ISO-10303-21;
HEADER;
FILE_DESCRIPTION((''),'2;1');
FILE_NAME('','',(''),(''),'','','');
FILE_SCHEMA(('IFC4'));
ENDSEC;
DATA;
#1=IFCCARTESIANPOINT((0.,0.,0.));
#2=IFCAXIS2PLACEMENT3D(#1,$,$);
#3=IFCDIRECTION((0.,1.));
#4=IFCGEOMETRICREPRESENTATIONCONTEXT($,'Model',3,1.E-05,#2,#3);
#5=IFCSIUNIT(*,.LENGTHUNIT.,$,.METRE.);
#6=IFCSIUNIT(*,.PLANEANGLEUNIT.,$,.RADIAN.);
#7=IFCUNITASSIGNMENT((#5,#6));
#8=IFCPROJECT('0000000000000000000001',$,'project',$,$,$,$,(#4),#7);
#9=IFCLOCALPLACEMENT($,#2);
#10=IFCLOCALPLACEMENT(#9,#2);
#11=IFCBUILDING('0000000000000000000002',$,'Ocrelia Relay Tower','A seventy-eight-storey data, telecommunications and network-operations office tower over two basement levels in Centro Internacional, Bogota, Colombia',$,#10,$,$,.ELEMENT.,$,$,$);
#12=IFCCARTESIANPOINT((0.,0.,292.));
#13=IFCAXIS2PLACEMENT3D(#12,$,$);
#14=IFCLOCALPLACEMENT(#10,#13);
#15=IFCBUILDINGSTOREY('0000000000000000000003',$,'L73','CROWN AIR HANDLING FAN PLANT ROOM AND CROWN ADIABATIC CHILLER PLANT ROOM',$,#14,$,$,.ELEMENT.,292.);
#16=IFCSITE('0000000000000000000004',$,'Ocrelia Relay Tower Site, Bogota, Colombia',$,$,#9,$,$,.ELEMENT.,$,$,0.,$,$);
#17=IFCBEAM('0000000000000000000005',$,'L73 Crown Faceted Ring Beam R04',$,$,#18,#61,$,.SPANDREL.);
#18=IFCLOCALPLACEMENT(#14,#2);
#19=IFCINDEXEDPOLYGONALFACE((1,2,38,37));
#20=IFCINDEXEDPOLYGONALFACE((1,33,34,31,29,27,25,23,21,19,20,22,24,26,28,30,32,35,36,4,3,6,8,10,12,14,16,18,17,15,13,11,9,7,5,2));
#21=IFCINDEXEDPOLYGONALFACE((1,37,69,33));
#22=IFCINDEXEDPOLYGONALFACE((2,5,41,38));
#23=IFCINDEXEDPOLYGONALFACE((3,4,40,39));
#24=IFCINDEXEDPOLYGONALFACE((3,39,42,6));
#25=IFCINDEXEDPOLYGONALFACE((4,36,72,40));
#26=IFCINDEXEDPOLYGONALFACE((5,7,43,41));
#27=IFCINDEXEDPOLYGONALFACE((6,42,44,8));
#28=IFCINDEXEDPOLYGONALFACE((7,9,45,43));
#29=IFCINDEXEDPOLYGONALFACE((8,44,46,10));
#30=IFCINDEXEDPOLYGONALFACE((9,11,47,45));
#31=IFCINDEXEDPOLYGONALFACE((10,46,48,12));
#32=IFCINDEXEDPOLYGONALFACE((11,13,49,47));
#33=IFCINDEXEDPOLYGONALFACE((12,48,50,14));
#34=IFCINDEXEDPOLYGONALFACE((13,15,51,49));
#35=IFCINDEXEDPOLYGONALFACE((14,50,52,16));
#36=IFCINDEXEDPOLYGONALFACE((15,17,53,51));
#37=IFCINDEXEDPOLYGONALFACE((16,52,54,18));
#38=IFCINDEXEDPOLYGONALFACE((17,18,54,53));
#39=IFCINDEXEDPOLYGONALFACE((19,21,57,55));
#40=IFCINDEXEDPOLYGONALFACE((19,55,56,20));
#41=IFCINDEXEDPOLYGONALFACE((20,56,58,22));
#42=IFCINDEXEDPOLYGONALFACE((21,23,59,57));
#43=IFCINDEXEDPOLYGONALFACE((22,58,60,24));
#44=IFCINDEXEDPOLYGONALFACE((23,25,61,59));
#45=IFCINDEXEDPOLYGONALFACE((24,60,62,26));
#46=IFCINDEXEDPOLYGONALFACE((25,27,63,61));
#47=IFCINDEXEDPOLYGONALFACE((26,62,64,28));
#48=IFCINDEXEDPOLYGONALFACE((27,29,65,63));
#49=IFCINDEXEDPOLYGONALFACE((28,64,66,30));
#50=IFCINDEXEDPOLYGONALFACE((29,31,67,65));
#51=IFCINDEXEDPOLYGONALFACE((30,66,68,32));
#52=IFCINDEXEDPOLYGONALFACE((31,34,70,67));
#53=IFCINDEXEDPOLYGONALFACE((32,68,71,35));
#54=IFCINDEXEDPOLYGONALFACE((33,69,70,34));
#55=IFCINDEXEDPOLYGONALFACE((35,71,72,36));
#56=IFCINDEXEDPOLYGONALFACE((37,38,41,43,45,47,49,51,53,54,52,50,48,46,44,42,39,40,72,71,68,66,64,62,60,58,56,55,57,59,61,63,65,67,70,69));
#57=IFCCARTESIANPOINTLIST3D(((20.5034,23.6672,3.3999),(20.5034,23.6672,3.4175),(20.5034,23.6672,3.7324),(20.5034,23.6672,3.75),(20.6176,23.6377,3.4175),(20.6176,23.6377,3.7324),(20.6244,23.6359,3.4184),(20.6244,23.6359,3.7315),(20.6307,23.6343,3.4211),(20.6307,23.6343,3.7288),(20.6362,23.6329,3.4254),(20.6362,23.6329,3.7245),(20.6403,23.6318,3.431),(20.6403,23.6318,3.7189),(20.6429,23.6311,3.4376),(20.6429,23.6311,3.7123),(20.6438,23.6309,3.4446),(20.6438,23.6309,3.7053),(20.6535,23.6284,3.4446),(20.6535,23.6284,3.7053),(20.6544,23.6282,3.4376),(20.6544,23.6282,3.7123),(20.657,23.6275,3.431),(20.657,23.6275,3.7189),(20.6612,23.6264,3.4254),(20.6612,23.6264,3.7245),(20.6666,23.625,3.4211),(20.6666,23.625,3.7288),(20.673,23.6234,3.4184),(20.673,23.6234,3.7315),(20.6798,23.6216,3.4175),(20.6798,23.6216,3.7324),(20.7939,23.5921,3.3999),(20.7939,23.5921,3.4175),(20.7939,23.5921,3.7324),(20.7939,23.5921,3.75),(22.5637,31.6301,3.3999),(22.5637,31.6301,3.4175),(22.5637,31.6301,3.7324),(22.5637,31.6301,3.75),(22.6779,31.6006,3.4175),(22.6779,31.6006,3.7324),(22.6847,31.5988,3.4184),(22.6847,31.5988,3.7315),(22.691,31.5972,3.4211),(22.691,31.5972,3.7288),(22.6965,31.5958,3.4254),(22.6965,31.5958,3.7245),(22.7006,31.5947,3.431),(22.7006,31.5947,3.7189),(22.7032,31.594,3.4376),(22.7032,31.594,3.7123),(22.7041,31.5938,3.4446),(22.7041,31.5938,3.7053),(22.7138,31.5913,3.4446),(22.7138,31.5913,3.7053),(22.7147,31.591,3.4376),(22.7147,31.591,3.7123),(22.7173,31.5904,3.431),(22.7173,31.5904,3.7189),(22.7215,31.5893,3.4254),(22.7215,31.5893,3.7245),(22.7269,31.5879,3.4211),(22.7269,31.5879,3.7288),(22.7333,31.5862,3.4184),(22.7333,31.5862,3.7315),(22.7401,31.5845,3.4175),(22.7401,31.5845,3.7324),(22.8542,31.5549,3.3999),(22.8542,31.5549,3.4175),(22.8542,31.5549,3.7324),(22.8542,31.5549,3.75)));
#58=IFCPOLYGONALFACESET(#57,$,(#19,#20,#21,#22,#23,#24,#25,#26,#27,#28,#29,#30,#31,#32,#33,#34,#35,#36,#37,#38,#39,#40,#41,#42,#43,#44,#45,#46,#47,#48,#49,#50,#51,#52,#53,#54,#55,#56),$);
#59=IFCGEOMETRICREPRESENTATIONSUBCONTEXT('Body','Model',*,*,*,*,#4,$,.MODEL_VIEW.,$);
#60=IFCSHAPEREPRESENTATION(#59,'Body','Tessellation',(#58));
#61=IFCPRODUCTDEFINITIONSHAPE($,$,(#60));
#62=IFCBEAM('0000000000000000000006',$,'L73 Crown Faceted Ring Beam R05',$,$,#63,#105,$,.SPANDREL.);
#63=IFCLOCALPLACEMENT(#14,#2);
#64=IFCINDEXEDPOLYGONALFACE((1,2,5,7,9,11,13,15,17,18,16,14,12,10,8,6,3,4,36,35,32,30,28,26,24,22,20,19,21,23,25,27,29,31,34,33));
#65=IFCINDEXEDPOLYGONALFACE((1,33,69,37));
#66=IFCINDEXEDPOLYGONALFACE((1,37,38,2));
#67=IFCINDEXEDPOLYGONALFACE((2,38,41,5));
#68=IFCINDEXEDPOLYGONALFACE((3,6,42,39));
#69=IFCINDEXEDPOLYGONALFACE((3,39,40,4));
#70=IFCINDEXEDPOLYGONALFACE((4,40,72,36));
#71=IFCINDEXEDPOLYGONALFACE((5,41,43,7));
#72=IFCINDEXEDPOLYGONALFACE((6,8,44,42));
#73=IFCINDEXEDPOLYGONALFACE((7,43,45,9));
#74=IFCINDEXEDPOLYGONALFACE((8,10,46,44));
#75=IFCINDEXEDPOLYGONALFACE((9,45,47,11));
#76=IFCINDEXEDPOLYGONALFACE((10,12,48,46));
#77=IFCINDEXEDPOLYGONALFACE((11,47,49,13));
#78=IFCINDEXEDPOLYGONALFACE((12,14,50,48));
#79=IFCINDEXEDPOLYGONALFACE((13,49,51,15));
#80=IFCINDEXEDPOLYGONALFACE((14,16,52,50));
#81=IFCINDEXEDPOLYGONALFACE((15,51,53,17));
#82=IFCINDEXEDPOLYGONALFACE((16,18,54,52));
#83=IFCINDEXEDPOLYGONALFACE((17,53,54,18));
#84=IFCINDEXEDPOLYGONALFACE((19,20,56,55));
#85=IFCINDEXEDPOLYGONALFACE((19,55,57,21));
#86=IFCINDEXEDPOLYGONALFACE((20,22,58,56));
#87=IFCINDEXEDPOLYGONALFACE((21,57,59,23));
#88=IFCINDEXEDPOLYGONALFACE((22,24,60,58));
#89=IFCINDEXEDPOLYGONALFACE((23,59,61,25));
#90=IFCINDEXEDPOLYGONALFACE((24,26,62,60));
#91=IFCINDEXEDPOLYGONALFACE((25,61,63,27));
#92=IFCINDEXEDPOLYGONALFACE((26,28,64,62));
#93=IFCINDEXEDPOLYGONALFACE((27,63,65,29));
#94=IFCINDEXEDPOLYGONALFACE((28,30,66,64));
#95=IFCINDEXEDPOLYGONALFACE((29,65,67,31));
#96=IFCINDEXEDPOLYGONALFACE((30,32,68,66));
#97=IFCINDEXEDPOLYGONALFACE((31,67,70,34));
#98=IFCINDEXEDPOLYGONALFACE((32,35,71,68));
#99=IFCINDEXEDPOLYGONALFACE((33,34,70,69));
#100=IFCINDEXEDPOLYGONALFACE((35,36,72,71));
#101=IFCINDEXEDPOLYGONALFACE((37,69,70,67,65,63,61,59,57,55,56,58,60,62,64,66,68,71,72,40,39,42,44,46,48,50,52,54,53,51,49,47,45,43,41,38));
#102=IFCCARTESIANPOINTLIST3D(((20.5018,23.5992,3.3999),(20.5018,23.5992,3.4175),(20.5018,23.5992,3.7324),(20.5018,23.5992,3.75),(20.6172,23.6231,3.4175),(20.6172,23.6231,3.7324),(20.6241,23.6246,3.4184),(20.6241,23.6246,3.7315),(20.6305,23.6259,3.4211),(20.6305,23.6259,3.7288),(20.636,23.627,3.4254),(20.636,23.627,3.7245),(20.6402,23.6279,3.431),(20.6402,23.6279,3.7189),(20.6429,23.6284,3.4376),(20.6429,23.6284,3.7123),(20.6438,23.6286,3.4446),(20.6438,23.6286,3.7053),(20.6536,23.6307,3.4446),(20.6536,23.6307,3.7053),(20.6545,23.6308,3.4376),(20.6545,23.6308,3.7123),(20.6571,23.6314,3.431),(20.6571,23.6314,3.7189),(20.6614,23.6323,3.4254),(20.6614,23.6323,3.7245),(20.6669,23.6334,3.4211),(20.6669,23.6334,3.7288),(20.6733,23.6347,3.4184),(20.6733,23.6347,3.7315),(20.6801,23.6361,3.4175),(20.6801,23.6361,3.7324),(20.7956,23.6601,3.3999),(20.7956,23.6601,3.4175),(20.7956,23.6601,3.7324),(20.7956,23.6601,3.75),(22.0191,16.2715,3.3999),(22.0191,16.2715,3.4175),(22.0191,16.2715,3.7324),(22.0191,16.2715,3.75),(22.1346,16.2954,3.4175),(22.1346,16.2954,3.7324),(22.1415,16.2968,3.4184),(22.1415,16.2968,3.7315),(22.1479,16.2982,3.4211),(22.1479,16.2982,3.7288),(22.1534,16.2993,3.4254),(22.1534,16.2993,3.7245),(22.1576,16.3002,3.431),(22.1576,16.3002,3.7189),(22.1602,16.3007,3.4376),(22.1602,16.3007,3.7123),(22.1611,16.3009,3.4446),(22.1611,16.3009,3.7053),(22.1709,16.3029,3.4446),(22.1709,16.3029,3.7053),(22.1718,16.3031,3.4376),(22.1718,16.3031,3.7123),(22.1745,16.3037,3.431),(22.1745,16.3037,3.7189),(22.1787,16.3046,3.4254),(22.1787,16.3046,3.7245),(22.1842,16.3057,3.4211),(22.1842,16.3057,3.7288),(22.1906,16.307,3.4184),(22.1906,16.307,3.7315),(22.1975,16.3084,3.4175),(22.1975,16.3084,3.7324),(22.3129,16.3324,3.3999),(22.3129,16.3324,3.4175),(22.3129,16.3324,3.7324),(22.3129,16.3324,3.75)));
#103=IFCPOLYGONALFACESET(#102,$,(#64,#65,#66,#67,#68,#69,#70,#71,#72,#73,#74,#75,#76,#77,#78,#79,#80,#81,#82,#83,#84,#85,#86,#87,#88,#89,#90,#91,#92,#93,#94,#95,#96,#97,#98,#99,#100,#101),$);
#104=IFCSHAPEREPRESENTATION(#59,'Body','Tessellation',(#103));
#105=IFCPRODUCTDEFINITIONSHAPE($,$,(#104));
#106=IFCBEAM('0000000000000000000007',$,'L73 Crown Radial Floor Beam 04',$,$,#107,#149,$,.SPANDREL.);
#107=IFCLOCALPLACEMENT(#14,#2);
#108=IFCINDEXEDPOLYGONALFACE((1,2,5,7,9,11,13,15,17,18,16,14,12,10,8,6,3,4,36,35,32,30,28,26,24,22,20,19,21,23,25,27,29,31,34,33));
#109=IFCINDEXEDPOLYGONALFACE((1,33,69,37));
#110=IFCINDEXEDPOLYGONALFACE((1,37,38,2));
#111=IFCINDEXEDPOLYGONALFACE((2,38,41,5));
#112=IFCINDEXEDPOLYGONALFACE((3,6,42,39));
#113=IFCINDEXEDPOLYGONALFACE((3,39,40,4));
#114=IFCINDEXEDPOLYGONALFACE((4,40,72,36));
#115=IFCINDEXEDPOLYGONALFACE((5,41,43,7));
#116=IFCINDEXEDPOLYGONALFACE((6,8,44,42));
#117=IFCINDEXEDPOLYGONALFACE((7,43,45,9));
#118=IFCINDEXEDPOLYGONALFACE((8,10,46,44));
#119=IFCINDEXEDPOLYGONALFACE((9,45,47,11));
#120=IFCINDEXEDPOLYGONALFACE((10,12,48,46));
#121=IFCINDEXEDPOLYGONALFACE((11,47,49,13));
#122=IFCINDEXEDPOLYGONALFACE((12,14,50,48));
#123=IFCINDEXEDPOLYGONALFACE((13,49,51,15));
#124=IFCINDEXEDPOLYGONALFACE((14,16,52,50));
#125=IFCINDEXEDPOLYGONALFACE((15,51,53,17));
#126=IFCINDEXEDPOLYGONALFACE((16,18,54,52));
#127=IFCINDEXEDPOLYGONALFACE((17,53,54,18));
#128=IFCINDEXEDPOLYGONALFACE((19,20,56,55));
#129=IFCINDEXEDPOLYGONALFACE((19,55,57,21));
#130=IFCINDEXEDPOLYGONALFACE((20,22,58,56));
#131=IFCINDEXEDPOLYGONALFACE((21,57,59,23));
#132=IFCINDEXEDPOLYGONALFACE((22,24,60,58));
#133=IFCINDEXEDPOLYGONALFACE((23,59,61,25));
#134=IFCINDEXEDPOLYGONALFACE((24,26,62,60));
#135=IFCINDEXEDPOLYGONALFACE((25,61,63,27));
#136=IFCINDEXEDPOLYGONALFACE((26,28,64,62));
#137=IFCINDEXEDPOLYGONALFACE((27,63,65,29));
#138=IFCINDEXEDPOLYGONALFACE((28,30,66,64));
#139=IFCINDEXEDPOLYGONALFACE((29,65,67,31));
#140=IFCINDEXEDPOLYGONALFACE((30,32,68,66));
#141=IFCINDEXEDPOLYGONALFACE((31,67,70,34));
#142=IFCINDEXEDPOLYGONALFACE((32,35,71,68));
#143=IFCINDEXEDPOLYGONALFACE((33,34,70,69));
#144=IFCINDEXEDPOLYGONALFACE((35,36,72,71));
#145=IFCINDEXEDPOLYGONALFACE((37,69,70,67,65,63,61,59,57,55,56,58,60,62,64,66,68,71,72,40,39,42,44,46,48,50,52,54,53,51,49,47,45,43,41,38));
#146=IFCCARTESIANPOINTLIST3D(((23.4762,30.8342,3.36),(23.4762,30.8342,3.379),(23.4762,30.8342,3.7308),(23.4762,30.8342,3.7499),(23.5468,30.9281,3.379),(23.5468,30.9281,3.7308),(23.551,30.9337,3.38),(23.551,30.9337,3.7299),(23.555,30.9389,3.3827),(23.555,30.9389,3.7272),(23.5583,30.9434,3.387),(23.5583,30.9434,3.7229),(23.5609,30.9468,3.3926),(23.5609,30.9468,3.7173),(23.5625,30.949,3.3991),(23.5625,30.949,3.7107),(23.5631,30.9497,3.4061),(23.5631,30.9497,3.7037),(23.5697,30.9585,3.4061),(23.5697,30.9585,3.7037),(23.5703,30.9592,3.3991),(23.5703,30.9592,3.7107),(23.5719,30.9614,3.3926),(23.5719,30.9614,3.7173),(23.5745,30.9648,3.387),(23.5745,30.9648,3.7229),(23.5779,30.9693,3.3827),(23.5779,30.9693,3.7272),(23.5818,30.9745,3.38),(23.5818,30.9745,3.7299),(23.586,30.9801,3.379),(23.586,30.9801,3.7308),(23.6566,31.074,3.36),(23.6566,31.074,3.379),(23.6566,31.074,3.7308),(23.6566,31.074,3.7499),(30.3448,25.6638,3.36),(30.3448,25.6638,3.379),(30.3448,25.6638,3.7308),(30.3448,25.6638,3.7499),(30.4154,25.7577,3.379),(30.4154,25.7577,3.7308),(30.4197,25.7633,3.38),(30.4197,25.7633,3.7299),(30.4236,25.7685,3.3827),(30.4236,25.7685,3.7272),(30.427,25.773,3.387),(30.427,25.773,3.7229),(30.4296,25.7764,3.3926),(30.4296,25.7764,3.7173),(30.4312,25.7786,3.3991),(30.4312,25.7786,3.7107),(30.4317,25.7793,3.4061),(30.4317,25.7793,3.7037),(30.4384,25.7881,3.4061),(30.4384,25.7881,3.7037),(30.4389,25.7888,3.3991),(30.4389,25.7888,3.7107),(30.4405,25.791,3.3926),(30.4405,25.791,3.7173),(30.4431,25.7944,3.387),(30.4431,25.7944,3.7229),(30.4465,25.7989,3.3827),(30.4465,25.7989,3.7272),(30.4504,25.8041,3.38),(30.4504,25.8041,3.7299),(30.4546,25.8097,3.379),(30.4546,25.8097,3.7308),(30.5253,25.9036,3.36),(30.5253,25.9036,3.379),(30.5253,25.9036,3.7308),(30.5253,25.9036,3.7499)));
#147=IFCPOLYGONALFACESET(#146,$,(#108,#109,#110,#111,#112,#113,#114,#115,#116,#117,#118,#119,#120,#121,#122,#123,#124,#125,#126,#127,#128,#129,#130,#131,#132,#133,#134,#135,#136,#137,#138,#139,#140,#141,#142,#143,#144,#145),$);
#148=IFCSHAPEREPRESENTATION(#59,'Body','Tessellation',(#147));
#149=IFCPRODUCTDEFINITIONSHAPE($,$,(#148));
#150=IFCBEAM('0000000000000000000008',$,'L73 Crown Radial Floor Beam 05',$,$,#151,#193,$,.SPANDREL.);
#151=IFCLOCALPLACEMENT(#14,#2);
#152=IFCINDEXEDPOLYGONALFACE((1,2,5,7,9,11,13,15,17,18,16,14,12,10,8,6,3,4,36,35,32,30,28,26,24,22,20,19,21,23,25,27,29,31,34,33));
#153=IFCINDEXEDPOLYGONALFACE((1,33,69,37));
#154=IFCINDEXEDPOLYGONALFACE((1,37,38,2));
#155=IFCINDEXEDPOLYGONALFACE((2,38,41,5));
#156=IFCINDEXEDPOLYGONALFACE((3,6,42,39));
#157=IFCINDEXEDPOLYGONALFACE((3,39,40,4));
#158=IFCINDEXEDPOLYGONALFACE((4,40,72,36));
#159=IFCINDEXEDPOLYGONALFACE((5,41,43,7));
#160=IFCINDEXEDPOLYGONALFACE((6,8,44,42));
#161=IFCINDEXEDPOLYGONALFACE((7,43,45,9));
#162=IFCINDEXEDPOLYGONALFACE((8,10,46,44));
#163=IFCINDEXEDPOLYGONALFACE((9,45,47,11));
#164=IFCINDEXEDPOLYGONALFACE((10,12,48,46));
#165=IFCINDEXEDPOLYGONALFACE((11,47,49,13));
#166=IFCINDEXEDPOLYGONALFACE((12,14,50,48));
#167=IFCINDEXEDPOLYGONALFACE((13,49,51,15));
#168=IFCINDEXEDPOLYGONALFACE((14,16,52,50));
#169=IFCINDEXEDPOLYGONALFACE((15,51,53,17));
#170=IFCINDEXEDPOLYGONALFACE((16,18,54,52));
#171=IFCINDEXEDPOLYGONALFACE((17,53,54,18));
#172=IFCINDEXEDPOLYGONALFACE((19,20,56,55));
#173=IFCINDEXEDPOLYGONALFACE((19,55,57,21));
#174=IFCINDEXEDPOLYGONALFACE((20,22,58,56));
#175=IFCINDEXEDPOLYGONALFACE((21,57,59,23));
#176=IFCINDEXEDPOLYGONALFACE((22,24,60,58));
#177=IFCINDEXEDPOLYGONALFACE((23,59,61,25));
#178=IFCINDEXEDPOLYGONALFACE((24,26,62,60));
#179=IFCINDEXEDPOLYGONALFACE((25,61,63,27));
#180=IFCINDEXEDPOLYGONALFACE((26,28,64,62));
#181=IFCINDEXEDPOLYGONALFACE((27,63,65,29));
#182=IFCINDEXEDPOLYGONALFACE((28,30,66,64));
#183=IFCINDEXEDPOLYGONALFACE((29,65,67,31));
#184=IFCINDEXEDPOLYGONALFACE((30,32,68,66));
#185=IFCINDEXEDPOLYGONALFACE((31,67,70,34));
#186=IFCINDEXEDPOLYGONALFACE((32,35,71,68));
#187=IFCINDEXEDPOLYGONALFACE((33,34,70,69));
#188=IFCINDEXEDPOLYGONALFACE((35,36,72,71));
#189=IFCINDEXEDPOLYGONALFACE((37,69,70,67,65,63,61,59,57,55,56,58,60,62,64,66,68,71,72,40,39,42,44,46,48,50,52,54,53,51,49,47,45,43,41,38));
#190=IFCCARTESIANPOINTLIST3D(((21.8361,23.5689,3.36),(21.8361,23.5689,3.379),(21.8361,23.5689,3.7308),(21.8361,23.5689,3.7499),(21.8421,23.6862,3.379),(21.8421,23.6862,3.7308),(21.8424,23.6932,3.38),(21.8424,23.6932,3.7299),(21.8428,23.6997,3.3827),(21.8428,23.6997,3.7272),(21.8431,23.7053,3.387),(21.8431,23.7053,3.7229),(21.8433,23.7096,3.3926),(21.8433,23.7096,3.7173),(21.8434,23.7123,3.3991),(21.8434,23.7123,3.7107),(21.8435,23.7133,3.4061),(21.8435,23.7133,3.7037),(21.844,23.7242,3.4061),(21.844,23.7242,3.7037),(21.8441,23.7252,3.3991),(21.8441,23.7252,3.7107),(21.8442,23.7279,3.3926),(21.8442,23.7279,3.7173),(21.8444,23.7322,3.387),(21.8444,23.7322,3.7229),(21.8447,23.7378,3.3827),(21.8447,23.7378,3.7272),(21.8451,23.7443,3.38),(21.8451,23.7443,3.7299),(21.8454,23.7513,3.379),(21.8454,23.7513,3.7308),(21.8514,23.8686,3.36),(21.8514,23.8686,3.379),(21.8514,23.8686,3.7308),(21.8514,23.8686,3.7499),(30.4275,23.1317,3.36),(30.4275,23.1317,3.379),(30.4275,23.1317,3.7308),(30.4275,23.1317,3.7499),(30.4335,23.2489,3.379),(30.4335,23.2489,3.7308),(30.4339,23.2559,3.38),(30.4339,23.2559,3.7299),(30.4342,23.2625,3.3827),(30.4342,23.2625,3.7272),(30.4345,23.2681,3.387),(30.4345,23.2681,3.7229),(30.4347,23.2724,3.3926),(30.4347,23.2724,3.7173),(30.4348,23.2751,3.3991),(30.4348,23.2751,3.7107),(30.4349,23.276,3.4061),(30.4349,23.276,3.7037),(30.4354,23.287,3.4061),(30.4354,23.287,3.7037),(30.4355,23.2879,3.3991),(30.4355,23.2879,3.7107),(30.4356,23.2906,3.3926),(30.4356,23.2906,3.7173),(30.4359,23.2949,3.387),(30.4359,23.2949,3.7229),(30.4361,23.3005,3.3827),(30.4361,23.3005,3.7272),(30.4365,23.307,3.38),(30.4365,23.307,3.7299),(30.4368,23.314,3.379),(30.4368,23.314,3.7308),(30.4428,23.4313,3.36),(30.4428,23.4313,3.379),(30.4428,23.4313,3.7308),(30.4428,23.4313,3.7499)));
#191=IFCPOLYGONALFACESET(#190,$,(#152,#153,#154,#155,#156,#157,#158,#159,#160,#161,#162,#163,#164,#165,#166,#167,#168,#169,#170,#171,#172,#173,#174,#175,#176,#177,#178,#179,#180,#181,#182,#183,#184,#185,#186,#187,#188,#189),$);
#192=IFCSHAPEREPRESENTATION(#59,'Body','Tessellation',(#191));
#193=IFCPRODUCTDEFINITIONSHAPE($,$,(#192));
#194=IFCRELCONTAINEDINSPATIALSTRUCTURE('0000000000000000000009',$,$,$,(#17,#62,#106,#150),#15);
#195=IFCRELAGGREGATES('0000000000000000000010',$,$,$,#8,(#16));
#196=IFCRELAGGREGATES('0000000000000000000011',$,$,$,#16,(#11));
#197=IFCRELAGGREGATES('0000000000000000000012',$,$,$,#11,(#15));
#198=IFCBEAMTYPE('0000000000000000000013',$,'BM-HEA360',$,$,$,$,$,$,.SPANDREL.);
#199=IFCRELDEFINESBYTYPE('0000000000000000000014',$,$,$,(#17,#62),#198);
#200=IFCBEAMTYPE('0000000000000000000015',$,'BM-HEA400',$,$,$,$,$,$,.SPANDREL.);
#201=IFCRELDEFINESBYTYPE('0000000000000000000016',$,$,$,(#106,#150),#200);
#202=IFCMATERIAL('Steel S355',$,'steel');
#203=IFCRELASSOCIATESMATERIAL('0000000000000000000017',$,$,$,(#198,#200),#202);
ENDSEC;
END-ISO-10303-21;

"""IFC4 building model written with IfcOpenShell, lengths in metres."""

from ifc_helpers import new_model, si_unit, direction, frame, origin, origin_2d, place, context, subcontext, project, spatial, i_section, extrude, material, material_profile, profile_set, type_object, element, save


model = new_model("IFC4")

# Units and contexts
model_context = context("Model", 3, precision=1e-05, world=origin(), true_north=direction((0.0, 1.0)))
body_context = subcontext(model_context, "Body", "Model", "MODEL_VIEW")
ifc_project = project(units=[si_unit("LENGTHUNIT", "METRE"), si_unit("PLANEANGLEUNIT", "RADIAN")], contexts=[model_context])

# Site, building, storey
site_placement = place(None, origin())
site = spatial("IfcSite", under=ifc_project, at=site_placement, Name="Ocrelia Relay Tower Site, Bogota, Colombia", CompositionType="ELEMENT", RefElevation=0.0)
building_placement = place(site_placement, origin())
building = spatial("IfcBuilding", under=site, at=building_placement, Name="Ocrelia Relay Tower", Description="A seventy-eight-storey data, telecommunications and network-operations office tower over two basement levels in Centro Internacional, Bogota, Colombia", CompositionType="ELEMENT")
storey_placement = place(building_placement, frame((0.0, 0.0, 292.0)))
storey = spatial("IfcBuildingStorey", under=building, at=storey_placement, Name="L73", Description="CROWN AIR HANDLING FAN PLANT ROOM AND CROWN ADIABATIC CHILLER PLANT ROOM", CompositionType="ELEMENT", Elevation=292.0)

# Beams
ifc_material_1 = material(Name="Steel S355", Category="steel")
ifc_material_profile_1 = material_profile(ifc_material_1, i_section(OverallWidth=0.3, OverallDepth=0.3501, WebThickness=0.01, FlangeThickness=0.0176, FilletRadius=0.0271, at=origin_2d()), Name="HEA 360")
ifc_profile_set_1 = profile_set([ifc_material_profile_1], Name="Steel S355")
beam_type_1 = type_object("IfcBeamType", Name="BM-HEA360", PredefinedType="SPANDREL", material=ifc_profile_set_1)
beam_1_placement = place(storey_placement, frame((22.709, 31.5925, 3.575), z_axis=(-0.250489, -0.968119, 0.0), x_axis=(0.968119, -0.250489, 0.0)))
element("IfcBeam", 1, at=beam_1_placement, inside=storey, type_object=beam_type_1, Name="L73 Crown Faceted Ring Beam R04", PredefinedType="SPANDREL", context=body_context, shape_type="SweptSolid", body=[
    extrude(i_section(OverallWidth=0.3, OverallDepth=0.3501, WebThickness=0.01, FlangeThickness=0.0176, FilletRadius=0.0271, at=origin_2d()), origin(), (0.0, 0.0, 1.0), 8.2251),
])
beam_2_placement = place(storey_placement, frame((20.6487, 23.6296, 3.575), z_axis=(0.202769, -0.979227, 0.0), x_axis=(0.979227, 0.202769, 0.0)))
element("IfcBeam", 2, at=beam_2_placement, inside=storey, type_object=beam_type_1, Name="L73 Crown Faceted Ring Beam R05", PredefinedType="SPANDREL", context=body_context, shape_type="SweptSolid", body=[
    extrude(i_section(OverallWidth=0.3, OverallDepth=0.3501, WebThickness=0.01, FlangeThickness=0.0176, FilletRadius=0.0271, at=origin_2d()), origin(), (0.0, 0.0, 1.0), 7.4832),
])
ifc_material_profile_2 = material_profile(ifc_material_1, i_section(OverallWidth=0.3, OverallDepth=0.3899, WebThickness=0.011, FlangeThickness=0.019, FilletRadius=0.0271, at=origin_2d()), Name="HEA 400")
ifc_profile_set_2 = profile_set([ifc_material_profile_2], Name="Steel S355")
beam_type_2 = type_object("IfcBeamType", Name="BM-HEA400", PredefinedType="SPANDREL", material=ifc_profile_set_2)
beam_3_placement = place(storey_placement, frame((23.5664, 30.9541, 3.5549), z_axis=(0.798942, -0.601408, 0.0), x_axis=(0.601408, 0.798942, 0.0)))
element("IfcBeam", 3, at=beam_3_placement, inside=storey, type_object=beam_type_2, Name="L73 Crown Radial Floor Beam 04", PredefinedType="SPANDREL", context=body_context, shape_type="SweptSolid", body=[
    extrude(i_section(OverallWidth=0.3, OverallDepth=0.3899, WebThickness=0.011, FlangeThickness=0.019, FilletRadius=0.0271, at=origin_2d()), origin(), (0.0, 0.0, 1.0), 8.5972),
])
beam_4_placement = place(storey_placement, frame((21.8438, 23.7188, 3.5549), z_axis=(0.998707, -0.050829, 0.0), x_axis=(0.050829, 0.998707, 0.0)))
element("IfcBeam", 4, at=beam_4_placement, inside=storey, type_object=beam_type_2, Name="L73 Crown Radial Floor Beam 05", PredefinedType="SPANDREL", context=body_context, shape_type="SweptSolid", body=[
    extrude(i_section(OverallWidth=0.3, OverallDepth=0.3899, WebThickness=0.011, FlangeThickness=0.019, FilletRadius=0.0271, at=origin_2d()), origin(), (0.0, 0.0, 1.0), 8.6025),
])

save(model, "model.ifc")
